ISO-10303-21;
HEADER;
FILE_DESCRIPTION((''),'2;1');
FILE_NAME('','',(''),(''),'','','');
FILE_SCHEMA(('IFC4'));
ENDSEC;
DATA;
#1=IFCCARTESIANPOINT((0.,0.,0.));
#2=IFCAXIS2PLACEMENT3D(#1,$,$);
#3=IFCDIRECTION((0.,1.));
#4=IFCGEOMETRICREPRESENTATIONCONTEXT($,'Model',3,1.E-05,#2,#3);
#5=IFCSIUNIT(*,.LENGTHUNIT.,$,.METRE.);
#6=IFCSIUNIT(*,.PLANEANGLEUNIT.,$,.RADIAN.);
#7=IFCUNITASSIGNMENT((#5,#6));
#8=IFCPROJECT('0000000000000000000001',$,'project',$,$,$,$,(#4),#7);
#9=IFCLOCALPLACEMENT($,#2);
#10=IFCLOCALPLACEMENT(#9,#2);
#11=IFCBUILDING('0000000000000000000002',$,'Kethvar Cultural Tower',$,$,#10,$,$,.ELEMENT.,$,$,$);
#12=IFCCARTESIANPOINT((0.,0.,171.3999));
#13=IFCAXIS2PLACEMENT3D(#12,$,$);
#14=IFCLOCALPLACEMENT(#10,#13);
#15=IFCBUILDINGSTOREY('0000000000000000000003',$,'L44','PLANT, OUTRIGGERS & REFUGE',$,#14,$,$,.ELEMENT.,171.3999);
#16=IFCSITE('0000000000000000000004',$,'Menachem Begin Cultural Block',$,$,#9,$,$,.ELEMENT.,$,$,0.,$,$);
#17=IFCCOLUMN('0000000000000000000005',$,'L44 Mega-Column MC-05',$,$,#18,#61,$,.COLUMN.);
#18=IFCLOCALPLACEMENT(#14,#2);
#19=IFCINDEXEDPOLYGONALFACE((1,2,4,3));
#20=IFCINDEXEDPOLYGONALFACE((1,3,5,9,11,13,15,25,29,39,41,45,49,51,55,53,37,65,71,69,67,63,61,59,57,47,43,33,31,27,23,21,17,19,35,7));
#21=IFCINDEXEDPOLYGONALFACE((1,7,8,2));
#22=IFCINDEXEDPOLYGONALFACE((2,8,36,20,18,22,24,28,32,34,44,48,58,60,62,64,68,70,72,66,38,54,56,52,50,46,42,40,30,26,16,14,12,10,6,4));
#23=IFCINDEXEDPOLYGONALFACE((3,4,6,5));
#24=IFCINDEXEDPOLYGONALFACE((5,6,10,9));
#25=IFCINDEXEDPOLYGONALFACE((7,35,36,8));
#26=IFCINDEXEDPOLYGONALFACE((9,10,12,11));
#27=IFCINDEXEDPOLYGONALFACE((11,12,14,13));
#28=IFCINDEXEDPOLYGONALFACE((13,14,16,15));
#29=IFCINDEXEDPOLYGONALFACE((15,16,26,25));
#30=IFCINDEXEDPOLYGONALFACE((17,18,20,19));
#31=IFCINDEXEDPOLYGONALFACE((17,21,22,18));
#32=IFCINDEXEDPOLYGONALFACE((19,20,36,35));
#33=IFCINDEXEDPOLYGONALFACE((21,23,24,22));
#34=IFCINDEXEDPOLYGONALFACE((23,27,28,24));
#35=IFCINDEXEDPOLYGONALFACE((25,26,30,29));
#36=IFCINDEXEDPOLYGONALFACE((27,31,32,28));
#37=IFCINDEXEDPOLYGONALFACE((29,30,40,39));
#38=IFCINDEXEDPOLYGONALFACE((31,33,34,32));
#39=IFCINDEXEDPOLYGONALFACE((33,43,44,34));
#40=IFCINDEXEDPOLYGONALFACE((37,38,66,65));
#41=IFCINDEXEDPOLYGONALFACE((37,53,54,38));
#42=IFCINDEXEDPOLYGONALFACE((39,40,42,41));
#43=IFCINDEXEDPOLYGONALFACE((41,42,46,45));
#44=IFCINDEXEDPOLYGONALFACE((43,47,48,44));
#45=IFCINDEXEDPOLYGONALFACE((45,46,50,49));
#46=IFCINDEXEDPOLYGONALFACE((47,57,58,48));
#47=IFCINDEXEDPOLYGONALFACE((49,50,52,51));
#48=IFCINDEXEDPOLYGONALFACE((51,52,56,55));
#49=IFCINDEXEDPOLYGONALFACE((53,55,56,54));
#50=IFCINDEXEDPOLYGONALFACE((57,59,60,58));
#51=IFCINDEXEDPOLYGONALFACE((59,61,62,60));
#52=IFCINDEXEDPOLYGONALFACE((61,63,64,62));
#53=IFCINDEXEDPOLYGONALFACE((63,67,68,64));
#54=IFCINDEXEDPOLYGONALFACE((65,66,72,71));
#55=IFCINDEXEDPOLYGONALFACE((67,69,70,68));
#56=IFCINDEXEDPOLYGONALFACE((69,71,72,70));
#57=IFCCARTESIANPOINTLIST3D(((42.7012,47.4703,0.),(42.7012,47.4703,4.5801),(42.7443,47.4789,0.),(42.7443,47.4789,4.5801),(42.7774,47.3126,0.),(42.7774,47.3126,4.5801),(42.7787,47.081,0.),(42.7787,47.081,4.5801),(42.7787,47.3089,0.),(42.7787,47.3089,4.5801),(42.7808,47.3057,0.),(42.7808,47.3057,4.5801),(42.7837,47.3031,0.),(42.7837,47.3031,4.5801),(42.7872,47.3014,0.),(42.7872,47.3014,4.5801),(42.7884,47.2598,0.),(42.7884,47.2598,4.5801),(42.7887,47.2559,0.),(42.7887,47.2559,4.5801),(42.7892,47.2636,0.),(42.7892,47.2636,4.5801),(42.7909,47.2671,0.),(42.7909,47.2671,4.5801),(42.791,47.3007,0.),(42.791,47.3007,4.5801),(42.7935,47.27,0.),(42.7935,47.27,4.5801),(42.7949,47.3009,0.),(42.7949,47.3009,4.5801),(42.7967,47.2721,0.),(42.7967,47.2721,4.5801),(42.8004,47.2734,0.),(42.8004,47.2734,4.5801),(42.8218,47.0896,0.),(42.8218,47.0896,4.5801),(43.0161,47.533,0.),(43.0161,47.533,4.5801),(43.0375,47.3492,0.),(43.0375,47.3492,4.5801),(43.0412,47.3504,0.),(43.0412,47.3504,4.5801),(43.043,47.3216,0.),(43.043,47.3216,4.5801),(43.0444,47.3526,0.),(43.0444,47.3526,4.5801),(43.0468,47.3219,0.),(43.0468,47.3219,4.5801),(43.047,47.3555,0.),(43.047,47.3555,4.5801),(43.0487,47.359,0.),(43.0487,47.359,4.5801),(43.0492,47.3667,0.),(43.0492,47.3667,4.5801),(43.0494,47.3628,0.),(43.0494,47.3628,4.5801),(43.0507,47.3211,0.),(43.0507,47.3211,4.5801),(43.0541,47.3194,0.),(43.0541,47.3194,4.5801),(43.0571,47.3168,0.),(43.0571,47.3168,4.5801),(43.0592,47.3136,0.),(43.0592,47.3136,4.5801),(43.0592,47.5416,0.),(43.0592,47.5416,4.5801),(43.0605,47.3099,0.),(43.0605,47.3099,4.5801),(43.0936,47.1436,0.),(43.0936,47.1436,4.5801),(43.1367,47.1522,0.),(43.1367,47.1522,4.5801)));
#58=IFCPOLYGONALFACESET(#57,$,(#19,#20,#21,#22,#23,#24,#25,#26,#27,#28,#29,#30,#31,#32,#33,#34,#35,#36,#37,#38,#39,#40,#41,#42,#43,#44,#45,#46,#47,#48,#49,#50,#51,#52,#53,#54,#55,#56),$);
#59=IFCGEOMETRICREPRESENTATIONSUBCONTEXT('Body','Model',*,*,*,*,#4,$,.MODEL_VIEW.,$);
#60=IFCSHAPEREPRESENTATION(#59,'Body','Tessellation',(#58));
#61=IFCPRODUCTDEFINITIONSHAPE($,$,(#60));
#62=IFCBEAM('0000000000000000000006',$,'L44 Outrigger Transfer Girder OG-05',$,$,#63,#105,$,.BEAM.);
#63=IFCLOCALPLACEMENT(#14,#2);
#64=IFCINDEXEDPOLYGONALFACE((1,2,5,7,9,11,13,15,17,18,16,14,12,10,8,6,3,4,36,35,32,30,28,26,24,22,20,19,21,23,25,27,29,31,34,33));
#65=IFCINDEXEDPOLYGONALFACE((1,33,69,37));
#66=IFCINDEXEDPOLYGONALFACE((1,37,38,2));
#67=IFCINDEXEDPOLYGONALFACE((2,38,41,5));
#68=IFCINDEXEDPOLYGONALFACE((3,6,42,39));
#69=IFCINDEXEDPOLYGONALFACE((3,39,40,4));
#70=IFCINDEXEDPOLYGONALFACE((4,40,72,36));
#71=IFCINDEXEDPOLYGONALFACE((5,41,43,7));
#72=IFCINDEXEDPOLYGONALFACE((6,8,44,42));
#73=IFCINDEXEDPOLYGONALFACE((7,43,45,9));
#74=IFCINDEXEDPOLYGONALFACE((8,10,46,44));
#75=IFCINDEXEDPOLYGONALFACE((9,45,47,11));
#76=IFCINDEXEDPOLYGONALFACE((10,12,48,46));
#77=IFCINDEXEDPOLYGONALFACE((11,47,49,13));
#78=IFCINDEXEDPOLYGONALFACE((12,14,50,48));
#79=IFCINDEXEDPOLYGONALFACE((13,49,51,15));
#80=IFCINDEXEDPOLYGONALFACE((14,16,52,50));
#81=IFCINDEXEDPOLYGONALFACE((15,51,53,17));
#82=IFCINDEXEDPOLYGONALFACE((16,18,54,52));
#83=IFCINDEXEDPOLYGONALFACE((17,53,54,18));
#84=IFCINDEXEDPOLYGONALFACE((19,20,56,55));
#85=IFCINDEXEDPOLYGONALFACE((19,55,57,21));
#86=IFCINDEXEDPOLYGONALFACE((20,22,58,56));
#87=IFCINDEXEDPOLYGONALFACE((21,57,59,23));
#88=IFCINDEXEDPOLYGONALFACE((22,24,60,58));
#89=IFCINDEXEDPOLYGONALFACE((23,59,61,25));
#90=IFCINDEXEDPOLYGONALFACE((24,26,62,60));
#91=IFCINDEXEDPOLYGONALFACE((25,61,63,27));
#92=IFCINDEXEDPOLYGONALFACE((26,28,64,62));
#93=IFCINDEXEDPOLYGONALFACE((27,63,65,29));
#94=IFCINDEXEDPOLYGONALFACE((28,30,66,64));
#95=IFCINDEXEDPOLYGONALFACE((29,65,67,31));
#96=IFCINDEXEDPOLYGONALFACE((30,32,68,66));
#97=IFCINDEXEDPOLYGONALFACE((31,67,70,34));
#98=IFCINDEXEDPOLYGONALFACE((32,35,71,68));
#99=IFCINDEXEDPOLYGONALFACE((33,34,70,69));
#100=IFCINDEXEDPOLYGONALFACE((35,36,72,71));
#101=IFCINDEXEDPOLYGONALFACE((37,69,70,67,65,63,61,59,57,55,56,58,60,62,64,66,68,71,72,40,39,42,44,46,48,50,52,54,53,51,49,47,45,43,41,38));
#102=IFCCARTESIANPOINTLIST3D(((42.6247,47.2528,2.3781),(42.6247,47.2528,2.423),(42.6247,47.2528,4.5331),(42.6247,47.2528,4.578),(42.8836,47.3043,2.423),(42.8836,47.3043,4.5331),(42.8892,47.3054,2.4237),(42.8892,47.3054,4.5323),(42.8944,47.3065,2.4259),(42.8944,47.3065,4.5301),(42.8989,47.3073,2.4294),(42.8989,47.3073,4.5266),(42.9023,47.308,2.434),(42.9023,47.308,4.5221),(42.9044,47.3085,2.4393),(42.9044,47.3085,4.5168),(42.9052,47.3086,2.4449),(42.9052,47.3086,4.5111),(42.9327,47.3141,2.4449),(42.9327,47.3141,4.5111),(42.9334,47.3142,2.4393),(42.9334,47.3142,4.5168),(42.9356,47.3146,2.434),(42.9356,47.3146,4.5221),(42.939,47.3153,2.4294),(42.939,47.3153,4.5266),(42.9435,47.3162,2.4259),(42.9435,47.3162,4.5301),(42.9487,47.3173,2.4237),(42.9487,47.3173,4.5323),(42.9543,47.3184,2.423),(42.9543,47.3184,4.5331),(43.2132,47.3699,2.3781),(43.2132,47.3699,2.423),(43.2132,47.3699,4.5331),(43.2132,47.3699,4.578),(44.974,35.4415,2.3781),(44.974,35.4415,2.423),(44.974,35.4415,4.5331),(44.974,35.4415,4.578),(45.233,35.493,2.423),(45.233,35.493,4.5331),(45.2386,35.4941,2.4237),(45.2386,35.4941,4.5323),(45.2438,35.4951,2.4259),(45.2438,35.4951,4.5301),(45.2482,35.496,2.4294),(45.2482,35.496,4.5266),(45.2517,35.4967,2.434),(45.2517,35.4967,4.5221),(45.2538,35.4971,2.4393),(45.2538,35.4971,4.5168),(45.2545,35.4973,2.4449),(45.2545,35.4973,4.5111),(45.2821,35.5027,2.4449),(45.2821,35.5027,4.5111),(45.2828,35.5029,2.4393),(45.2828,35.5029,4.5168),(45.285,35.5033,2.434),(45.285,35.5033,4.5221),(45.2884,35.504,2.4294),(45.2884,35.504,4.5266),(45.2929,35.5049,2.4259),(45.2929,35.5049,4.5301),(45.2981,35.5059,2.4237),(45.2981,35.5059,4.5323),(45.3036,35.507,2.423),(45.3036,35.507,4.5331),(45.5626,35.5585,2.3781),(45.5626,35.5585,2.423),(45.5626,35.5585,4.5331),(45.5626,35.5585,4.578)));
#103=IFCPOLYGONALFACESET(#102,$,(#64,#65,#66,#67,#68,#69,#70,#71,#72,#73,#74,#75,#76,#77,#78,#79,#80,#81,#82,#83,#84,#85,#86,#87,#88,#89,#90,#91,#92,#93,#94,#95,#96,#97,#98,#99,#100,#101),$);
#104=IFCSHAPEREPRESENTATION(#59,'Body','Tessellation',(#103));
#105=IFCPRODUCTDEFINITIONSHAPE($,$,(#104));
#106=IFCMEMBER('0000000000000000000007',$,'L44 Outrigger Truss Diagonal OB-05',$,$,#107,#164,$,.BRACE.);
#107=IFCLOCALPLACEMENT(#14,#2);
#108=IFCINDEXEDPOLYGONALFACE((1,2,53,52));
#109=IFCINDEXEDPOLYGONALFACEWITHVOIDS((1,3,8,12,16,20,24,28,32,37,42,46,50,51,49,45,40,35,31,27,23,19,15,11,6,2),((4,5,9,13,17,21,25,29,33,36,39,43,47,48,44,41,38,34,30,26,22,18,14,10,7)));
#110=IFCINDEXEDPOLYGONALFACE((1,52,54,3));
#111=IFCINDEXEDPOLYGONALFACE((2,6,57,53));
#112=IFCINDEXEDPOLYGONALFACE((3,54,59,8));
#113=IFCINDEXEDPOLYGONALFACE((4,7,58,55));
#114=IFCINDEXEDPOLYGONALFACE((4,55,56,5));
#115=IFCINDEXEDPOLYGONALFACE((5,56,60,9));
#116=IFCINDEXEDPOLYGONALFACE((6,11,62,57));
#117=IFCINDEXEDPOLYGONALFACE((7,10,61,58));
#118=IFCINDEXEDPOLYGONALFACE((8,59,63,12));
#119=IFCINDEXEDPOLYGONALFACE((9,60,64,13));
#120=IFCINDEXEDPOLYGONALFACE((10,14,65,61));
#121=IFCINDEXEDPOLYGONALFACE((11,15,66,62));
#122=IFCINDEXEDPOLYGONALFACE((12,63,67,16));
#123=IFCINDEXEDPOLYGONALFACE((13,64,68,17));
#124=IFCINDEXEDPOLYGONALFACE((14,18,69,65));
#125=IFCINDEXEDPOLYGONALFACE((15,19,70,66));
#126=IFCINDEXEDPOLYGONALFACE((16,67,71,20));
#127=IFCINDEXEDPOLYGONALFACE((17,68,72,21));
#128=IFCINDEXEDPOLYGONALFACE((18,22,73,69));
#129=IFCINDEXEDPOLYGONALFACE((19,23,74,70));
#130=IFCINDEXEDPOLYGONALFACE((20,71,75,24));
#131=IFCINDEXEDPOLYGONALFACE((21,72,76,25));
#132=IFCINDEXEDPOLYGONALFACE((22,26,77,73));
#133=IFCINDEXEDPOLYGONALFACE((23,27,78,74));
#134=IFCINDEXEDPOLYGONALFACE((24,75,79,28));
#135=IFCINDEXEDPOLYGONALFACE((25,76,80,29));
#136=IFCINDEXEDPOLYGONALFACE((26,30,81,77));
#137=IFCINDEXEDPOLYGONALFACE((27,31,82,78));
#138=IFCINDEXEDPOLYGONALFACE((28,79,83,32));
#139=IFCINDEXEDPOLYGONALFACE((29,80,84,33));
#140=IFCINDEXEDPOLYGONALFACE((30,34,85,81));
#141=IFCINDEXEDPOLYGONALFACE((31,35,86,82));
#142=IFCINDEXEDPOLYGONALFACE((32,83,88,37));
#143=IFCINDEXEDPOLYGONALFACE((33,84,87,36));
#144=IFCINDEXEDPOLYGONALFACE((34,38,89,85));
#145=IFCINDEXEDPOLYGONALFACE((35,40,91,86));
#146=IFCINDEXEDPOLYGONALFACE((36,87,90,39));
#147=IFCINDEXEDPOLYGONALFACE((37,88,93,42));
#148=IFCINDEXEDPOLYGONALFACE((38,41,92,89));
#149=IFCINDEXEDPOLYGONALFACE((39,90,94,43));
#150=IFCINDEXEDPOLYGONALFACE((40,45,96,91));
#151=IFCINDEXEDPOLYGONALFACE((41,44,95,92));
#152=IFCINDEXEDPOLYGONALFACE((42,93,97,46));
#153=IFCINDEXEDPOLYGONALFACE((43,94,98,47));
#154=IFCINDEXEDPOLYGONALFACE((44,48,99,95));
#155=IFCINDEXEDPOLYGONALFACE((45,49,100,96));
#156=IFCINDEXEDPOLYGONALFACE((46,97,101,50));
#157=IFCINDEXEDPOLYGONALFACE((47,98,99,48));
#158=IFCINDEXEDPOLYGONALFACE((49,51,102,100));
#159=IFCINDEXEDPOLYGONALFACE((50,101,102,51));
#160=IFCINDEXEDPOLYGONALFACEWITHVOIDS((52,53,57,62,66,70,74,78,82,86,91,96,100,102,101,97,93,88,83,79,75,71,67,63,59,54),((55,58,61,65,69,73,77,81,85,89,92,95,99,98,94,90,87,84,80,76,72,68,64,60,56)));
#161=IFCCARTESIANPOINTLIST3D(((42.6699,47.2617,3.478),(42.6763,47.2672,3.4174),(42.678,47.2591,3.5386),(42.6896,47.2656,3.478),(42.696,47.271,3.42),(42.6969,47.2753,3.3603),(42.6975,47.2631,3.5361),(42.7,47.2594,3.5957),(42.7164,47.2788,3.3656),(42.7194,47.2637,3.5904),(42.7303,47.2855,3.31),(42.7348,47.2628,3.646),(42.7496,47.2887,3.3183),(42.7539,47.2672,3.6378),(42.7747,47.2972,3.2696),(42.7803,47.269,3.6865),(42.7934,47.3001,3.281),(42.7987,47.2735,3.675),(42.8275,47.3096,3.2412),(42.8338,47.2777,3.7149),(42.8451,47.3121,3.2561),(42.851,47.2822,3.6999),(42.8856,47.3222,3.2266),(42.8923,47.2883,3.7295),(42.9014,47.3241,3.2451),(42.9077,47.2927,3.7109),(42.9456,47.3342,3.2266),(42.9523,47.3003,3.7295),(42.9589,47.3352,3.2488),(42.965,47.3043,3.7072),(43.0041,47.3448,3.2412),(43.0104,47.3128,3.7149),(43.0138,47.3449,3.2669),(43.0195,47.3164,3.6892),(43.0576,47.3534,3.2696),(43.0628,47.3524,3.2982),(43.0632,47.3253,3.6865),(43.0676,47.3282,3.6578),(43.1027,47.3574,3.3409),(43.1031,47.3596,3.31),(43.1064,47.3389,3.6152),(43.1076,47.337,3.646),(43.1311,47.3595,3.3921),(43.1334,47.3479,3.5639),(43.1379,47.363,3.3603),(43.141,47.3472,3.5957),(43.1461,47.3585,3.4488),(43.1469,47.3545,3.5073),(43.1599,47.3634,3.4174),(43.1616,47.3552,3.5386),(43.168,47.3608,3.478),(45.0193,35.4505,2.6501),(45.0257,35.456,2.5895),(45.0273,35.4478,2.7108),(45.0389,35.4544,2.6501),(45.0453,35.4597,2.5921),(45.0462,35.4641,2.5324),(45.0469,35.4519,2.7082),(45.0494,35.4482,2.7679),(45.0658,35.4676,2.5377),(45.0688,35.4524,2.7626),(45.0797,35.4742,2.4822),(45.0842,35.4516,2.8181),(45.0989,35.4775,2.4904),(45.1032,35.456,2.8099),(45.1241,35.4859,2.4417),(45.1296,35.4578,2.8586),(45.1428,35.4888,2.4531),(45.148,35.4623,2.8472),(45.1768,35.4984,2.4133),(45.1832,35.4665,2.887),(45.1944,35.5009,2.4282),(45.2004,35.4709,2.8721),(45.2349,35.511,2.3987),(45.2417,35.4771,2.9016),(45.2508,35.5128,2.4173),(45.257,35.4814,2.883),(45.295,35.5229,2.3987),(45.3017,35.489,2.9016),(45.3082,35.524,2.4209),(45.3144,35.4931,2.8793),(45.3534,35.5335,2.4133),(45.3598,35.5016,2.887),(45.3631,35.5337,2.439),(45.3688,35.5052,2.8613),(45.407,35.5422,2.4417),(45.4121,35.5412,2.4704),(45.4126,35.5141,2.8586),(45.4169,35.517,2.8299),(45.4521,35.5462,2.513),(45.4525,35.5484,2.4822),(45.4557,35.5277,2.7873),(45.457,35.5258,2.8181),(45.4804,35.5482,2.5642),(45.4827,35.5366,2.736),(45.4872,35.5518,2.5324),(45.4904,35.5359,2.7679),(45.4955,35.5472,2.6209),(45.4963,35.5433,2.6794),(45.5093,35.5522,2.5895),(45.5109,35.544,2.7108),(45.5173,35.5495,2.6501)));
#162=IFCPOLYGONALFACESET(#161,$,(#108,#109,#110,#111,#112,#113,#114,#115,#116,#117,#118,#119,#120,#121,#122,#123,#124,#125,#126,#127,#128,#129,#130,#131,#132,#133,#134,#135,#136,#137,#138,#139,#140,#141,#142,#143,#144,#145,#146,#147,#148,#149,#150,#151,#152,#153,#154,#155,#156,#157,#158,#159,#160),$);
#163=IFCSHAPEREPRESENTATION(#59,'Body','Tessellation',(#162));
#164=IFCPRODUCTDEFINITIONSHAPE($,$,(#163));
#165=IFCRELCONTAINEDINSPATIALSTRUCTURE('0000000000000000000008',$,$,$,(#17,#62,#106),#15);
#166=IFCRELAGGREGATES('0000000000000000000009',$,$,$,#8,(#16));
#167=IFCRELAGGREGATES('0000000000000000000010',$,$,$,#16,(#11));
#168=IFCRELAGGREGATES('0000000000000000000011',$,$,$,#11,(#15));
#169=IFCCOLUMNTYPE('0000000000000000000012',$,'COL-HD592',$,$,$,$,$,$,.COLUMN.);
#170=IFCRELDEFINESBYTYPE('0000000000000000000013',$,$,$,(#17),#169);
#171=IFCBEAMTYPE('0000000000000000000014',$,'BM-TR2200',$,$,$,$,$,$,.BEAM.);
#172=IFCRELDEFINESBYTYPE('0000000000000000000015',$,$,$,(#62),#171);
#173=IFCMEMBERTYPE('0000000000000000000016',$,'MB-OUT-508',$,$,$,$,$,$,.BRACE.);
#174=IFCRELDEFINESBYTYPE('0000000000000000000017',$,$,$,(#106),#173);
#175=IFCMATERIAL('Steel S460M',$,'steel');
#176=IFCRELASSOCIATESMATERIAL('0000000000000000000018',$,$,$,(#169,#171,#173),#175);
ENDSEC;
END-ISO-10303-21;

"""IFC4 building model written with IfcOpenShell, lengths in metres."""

from ifc_helpers import new_model, si_unit, direction, frame, origin, origin_2d, place, context, subcontext, project, spatial, hollow_circle, i_section, extrude, source, transform, mapped, material, material_profile, profile_set, type_object, element, save


model = new_model("IFC4")

# Units and contexts
model_context = context("Model", 3, precision=1e-05, world=origin(), true_north=direction((0.0, 1.0)))
body_context = subcontext(model_context, "Body", "Model", "MODEL_VIEW")
ifc_project = project(units=[si_unit("LENGTHUNIT", "METRE"), si_unit("PLANEANGLEUNIT", "RADIAN")], contexts=[model_context])

# Site, building, storey
site_placement = place(None, origin())
site = spatial("IfcSite", under=ifc_project, at=site_placement, Name="Menachem Begin Cultural Block", CompositionType="ELEMENT", RefElevation=0.0)
building_placement = place(site_placement, origin())
building = spatial("IfcBuilding", under=site, at=building_placement, Name="Kethvar Cultural Tower", CompositionType="ELEMENT")
storey_placement = place(building_placement, frame((0.0, 0.0, 171.3999)))
storey = spatial("IfcBuildingStorey", under=building, at=storey_placement, Name="L44", Description="PLANT, OUTRIGGERS & REFUGE", CompositionType="ELEMENT", Elevation=171.3999)

# Column
ifc_material_1 = material(Name="Steel S460M", Category="steel")
ifc_material_profile_1 = material_profile(ifc_material_1, i_section(OverallWidth=0.397, OverallDepth=0.365, WebThickness=0.0281, FlangeThickness=0.0439, FilletRadius=0.0149, at=origin_2d()), Name="Steel S460M — HD400x592")
ifc_profile_set_1 = profile_set([ifc_material_profile_1], Name="Steel S460M — HD400x592")
column_type = type_object("IfcColumnType", Name="COL-HD592", PredefinedType="COLUMN", material=ifc_profile_set_1)
shared_shape_1 = source(origin(), body_context, "Body", "SweptSolid", [
    extrude(i_section(OverallWidth=0.397, OverallDepth=0.365, WebThickness=0.0281, FlangeThickness=0.0439, FilletRadius=0.0149, at=origin_2d()), origin(), (0.0, 0.0, 1.0), 4.5801),
])
column_placement = place(storey_placement, frame((42.9189, 47.3113, 0.0), z_axis=(0.0, 0.0, 1.0), x_axis=(-0.19509, 0.980785, 0.0)))
element("IfcColumn", 1, at=column_placement, inside=storey, type_object=column_type, Name="L44 Mega-Column MC-05", PredefinedType="COLUMN", context=body_context, shape_type="MappedRepresentation", body=[
    mapped(shared_shape_1, transform((0.0, 0.0, 0.0), scale=1.0)),
])

# Beam
ifc_material_profile_2 = material_profile(ifc_material_1, i_section(OverallWidth=0.6001, OverallDepth=2.2, WebThickness=0.0281, FlangeThickness=0.0449, FilletRadius=0.022, at=origin_2d()), Name="Steel S460M — PG2200x600x45x28")
ifc_profile_set_2 = profile_set([ifc_material_profile_2], Name="Steel S460M — PG2200x600x45x28")
beam_type = type_object("IfcBeamType", Name="BM-TR2200", PredefinedType="BEAM", material=ifc_profile_set_2)
shared_shape_2 = source(origin(), body_context, "Body", "SweptSolid", [
    extrude(i_section(OverallWidth=0.6001, OverallDepth=2.2, WebThickness=0.0281, FlangeThickness=0.0449, FilletRadius=0.022, at=origin_2d()), origin(), (0.0, 0.0, 1.0), 12.0427),
])
beam_1_placement = place(storey_placement, frame((45.2683, 35.5, 3.478), z_axis=(-0.195087, 0.980786, 0.0), x_axis=(-0.980786, -0.195087, 0.0)))
element("IfcBeam", 2, at=beam_1_placement, inside=storey, type_object=beam_type, Name="L44 Outrigger Transfer Girder OG-05", PredefinedType="BEAM", context=body_context, shape_type="MappedRepresentation", body=[
    mapped(shared_shape_2, transform((0.0, 0.0, 0.0), scale=1.0)),
])

# Member
ifc_material_profile_3 = material_profile(ifc_material_1, hollow_circle(Radius=0.2539, WallThickness=0.02, at=origin_2d()), Name="Steel S460M — CHS508x20")
ifc_profile_set_3 = profile_set([ifc_material_profile_3], Name="Steel S460M — CHS508x20")
member_type_1 = type_object("IfcMemberType", Name="MB-OUT-508", PredefinedType="BRACE", material=ifc_profile_set_3)
shared_shape_3 = source(origin(), body_context, "Body", "SweptSolid", [
    extrude(hollow_circle(Radius=0.2539, WallThickness=0.02, at=origin_2d()), origin(), (0.0, 0.0, 1.0), 12.071),
])
member_1_placement = place(storey_placement, frame((45.2683, 35.5, 2.6501), z_axis=(-0.194627, 0.978477, 0.068584), x_axis=(-0.980786, -0.195087, 0.0)))
element("IfcMember", 3, at=member_1_placement, inside=storey, type_object=member_type_1, Name="L44 Outrigger Truss Diagonal OB-05", PredefinedType="BRACE", context=body_context, shape_type="MappedRepresentation", body=[
    mapped(shared_shape_3, transform((0.0, 0.0, 0.0), scale=1.0)),
])

save(model, "model.ifc")
